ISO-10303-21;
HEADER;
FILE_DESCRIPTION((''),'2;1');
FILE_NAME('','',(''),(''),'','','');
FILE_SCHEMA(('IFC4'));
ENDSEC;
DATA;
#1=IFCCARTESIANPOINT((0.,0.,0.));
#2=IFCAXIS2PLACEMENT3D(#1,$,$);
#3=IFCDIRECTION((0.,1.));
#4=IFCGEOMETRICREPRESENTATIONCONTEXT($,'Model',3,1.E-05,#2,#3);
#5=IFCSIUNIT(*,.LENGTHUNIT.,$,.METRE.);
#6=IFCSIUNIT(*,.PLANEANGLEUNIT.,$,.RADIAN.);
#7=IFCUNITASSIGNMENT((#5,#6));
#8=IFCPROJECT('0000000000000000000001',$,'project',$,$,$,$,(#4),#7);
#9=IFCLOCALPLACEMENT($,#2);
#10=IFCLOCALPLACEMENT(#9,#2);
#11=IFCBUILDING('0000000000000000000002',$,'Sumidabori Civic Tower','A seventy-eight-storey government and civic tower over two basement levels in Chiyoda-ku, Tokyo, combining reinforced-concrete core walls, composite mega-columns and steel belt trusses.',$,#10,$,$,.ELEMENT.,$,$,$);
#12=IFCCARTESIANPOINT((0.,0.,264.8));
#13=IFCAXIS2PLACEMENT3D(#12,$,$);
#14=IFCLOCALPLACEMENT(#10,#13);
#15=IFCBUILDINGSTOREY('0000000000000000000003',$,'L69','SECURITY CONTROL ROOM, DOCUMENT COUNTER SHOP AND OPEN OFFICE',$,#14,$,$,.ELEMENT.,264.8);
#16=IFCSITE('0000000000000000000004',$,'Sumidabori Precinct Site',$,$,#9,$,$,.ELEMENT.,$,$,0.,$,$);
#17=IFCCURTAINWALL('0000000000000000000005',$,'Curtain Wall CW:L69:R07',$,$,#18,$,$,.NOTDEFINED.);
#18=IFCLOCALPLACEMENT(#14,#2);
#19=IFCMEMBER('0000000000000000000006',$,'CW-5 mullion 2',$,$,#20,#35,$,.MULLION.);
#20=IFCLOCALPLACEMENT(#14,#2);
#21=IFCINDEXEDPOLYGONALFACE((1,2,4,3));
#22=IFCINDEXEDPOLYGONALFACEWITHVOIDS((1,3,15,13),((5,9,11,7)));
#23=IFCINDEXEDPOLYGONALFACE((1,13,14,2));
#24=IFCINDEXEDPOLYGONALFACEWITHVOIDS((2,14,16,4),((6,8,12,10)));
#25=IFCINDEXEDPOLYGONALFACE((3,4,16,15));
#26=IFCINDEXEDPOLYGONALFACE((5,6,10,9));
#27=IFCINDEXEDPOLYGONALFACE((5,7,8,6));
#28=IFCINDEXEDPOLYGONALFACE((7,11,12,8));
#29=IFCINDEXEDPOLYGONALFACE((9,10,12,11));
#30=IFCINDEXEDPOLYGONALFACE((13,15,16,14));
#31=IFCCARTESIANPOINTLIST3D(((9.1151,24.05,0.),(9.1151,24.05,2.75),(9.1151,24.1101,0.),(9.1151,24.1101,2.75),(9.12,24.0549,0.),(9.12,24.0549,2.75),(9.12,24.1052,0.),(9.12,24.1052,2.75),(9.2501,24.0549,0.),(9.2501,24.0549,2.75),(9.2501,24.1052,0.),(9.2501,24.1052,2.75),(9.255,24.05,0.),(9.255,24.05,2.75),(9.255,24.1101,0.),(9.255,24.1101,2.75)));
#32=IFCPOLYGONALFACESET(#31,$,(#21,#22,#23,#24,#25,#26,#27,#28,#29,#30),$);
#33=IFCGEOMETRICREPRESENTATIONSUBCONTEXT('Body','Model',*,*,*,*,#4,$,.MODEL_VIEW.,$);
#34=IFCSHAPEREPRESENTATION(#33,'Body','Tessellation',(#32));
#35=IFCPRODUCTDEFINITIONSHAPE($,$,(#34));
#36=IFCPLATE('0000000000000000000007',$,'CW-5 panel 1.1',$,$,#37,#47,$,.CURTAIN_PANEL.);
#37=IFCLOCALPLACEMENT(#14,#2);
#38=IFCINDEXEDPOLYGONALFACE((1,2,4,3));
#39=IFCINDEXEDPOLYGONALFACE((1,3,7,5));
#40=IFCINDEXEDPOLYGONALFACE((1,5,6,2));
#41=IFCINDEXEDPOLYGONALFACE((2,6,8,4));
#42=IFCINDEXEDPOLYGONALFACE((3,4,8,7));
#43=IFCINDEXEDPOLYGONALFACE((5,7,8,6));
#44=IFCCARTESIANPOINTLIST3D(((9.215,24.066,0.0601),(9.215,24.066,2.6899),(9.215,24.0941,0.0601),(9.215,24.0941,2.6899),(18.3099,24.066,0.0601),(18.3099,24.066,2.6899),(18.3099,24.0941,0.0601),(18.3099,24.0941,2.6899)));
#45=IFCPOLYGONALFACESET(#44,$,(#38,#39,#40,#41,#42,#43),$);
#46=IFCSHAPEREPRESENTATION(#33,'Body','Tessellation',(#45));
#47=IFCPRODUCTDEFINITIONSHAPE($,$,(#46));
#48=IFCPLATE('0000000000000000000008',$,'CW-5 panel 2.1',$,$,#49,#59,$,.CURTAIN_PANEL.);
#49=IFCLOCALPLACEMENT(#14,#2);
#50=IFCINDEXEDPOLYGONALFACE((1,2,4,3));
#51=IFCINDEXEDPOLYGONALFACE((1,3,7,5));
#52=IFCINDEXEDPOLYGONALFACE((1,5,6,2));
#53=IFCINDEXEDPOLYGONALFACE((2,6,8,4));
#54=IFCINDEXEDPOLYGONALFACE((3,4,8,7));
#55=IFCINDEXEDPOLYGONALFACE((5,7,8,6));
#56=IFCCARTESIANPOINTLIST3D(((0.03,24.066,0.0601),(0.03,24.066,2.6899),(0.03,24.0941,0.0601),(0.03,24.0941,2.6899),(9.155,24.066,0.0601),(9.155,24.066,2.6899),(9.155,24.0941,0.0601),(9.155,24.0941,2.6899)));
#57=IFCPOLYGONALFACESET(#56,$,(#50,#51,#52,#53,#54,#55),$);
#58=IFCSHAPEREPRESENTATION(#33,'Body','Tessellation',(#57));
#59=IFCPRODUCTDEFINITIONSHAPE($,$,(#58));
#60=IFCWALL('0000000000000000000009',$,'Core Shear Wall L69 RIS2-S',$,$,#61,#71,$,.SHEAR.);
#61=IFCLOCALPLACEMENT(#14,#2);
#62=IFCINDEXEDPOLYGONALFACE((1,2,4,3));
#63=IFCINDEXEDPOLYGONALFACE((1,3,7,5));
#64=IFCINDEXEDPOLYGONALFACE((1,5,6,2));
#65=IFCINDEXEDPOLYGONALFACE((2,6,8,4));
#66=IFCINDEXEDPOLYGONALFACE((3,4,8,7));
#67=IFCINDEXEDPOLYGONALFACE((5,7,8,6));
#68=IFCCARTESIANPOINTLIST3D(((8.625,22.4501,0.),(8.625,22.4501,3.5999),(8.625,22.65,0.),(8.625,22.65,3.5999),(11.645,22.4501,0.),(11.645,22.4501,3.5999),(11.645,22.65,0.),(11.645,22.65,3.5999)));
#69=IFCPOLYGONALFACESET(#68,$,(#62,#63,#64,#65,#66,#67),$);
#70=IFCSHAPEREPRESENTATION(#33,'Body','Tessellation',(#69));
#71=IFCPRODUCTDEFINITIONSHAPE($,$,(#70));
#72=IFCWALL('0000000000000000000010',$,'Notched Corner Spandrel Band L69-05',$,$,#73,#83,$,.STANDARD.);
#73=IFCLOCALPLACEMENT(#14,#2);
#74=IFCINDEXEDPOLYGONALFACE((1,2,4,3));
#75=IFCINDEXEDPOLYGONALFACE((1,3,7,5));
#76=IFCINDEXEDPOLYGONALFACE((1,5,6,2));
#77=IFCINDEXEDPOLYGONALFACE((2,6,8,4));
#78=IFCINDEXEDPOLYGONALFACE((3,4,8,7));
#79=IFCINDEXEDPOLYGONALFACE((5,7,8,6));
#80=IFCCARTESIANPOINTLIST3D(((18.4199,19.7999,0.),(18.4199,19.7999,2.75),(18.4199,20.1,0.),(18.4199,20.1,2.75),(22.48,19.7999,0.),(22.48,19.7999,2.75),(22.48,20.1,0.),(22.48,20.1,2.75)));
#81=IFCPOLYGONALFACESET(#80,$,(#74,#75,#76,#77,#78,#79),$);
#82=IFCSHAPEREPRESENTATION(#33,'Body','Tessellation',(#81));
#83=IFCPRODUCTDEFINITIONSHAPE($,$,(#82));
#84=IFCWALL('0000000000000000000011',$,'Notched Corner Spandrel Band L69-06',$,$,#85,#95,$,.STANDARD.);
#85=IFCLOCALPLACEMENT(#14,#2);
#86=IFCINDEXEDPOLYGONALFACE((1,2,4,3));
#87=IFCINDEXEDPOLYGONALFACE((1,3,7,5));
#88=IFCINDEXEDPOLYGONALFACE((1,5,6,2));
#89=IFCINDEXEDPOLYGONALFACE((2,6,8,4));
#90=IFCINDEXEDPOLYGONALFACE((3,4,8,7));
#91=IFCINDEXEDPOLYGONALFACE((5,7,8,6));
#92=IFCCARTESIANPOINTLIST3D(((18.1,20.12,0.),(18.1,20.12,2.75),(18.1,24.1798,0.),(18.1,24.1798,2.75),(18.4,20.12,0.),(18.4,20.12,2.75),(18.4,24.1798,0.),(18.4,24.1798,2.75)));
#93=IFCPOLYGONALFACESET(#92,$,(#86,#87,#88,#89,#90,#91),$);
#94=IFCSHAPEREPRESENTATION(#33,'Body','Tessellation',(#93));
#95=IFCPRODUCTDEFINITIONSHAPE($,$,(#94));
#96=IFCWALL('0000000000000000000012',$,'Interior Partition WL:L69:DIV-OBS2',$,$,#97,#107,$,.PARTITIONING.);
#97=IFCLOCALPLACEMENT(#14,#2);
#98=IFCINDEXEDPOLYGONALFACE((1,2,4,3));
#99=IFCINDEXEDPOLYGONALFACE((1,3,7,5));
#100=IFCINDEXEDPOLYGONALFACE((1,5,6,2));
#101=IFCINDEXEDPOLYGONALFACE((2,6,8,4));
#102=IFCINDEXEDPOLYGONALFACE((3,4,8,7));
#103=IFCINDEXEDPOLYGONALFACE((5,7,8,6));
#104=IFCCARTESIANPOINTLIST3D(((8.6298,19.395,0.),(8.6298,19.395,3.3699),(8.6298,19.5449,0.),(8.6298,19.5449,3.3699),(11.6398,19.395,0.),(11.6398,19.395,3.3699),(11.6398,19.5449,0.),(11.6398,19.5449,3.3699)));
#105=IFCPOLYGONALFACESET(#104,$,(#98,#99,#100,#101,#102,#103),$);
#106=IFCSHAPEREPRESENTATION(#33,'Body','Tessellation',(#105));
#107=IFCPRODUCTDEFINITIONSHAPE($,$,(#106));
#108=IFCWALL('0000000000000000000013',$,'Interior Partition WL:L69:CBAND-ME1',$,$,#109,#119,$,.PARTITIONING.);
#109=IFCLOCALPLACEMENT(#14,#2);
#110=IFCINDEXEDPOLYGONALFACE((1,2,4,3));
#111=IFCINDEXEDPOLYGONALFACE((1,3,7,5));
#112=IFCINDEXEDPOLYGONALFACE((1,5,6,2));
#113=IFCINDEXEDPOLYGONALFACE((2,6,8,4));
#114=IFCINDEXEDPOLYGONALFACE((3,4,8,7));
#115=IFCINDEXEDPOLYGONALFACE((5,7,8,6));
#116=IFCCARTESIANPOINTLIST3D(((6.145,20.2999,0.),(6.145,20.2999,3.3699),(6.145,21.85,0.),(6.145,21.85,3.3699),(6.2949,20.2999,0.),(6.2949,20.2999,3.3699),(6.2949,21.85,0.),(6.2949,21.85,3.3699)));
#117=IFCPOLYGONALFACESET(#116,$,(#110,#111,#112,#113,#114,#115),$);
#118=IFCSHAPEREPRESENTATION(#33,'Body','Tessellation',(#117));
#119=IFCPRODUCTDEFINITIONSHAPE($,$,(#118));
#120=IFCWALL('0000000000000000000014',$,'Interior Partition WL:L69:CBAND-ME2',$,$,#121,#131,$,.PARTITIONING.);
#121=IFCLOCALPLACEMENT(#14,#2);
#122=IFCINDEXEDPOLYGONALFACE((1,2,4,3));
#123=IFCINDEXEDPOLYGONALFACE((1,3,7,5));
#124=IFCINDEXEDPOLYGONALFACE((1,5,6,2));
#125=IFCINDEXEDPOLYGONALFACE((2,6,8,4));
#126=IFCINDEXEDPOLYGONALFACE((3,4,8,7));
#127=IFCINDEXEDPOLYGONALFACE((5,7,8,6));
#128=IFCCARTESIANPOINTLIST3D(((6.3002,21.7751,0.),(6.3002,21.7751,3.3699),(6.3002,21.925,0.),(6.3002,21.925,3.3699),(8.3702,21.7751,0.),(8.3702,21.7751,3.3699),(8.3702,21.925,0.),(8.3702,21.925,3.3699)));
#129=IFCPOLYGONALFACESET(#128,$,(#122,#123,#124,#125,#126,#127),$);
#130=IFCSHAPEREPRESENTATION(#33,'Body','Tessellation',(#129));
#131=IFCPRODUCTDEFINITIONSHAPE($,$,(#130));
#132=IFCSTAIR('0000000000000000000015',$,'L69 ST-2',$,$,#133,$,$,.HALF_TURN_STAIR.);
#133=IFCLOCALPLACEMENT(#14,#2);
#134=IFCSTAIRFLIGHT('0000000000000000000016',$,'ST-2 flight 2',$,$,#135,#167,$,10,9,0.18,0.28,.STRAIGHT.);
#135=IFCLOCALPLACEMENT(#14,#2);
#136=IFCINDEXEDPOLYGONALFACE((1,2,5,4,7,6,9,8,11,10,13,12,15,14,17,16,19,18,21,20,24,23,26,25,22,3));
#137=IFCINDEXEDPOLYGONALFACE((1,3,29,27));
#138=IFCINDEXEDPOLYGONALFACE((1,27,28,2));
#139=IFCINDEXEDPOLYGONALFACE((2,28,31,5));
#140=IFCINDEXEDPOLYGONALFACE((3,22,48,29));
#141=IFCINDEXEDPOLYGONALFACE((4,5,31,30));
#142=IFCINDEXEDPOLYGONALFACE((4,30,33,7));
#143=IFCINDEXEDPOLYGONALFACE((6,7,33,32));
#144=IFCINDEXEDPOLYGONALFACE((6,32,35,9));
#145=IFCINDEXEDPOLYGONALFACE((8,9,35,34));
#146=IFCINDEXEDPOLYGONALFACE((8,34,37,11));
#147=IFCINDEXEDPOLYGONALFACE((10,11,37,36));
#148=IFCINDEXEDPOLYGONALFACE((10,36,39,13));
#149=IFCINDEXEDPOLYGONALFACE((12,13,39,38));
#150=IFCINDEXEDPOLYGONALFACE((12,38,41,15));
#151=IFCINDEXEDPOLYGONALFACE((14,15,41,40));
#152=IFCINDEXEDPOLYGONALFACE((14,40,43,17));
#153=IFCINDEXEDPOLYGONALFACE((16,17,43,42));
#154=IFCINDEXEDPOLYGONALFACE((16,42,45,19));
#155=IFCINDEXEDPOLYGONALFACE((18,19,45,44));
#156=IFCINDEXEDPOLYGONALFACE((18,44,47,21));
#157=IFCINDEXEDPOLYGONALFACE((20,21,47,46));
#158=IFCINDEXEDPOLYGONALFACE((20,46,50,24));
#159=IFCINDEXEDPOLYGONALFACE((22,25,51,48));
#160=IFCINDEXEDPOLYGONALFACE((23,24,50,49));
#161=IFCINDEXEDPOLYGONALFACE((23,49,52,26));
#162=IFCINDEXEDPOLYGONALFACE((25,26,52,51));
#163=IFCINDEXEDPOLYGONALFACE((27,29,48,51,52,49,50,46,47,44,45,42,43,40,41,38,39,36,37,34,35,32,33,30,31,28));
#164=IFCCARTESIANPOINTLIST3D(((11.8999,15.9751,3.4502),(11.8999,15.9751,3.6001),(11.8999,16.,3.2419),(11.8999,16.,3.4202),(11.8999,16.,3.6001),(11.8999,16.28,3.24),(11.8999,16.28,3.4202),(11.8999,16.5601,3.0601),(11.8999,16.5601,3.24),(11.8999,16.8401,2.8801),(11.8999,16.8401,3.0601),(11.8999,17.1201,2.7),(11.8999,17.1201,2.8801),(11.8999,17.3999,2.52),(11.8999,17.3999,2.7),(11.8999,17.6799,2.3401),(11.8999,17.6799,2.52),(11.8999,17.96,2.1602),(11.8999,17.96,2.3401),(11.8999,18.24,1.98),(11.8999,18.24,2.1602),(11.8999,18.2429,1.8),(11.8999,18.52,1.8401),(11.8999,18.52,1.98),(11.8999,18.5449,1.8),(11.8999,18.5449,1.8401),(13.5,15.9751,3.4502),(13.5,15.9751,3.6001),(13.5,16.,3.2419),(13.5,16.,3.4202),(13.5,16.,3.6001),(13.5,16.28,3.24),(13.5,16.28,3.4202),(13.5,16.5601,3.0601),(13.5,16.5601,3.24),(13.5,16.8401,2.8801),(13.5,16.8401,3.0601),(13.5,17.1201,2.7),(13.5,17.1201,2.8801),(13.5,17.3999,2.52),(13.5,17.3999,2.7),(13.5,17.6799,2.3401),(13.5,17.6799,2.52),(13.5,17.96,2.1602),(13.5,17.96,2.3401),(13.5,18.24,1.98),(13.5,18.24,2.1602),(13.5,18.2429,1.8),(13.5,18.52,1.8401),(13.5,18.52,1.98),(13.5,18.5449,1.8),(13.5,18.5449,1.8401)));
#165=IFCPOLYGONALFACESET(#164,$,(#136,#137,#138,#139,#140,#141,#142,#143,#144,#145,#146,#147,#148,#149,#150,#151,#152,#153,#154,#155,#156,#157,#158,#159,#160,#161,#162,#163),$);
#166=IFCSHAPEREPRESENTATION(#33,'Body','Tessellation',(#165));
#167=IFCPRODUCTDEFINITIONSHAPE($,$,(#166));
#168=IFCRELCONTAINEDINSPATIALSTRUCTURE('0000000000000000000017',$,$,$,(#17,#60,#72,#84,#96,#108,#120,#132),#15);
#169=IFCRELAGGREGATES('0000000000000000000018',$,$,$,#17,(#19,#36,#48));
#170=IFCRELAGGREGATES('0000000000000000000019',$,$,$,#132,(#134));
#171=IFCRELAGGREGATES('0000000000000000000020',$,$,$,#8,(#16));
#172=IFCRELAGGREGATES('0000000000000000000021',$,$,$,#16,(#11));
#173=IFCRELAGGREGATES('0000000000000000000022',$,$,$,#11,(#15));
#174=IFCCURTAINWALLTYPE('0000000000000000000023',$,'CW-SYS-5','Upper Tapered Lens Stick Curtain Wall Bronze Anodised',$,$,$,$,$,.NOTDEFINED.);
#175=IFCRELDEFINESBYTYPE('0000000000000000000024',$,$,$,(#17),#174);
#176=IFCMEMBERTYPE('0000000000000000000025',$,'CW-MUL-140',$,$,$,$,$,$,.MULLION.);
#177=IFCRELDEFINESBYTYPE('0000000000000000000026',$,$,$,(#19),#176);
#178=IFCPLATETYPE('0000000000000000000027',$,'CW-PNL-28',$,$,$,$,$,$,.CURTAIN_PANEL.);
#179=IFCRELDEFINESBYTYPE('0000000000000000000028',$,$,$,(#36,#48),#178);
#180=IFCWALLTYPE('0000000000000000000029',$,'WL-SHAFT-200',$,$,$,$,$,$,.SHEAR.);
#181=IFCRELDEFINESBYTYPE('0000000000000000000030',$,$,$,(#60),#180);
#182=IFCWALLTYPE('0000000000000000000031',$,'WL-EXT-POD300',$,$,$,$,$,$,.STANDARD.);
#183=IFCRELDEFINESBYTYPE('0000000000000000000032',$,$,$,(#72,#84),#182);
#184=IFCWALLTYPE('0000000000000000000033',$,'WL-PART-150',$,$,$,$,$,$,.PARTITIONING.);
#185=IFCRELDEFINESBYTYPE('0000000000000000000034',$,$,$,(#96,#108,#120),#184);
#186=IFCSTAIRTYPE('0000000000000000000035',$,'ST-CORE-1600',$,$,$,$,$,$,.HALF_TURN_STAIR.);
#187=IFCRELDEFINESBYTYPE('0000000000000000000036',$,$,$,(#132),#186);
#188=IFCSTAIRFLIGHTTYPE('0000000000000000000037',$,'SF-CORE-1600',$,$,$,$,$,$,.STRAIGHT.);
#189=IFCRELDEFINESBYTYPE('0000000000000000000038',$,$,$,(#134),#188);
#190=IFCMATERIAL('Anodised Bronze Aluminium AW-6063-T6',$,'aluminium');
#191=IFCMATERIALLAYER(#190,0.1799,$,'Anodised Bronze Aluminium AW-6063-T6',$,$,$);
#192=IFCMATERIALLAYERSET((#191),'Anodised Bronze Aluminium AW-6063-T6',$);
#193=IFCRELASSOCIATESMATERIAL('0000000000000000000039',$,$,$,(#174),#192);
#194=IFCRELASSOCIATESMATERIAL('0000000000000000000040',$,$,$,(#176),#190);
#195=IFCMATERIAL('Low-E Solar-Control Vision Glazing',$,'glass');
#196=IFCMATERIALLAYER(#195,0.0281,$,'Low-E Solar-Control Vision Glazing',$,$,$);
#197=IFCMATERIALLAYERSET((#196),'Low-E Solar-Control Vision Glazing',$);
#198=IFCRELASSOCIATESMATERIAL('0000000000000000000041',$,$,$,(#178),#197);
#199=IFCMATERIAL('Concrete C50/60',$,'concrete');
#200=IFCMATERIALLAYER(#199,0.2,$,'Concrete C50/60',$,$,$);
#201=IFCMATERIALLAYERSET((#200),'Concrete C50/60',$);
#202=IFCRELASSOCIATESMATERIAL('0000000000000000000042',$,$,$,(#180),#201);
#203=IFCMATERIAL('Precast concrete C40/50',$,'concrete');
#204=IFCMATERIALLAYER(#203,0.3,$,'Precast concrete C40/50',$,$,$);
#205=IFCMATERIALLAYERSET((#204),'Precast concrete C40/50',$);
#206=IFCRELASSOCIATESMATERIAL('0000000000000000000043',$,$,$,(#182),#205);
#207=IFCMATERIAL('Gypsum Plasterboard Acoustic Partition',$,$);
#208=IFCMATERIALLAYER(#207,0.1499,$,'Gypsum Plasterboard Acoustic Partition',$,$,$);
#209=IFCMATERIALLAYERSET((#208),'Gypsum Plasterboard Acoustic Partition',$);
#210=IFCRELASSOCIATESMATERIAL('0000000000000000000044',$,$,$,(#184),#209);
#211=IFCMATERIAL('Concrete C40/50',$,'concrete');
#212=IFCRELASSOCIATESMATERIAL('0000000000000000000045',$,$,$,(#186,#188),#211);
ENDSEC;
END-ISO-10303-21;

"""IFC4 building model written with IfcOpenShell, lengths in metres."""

from ifc_helpers import new_model, si_unit, direction, frame, frame_2d, origin, origin_2d, place, context, subcontext, project, spatial, polyline, rectangle, hollow_rectangle, outline, extrude, source, transform, mapped, material, layer, layer_set, material_profile, profile_set, type_object, element, aggregate, save


model = new_model("IFC4")

# Units and contexts
model_context = context("Model", 3, precision=1e-05, world=origin(), true_north=direction((0.0, 1.0)))
body_context = subcontext(model_context, "Body", "Model", "MODEL_VIEW")
ifc_project = project(units=[si_unit("LENGTHUNIT", "METRE"), si_unit("PLANEANGLEUNIT", "RADIAN")], contexts=[model_context])

# Site, building, storey
site_placement = place(None, origin())
site = spatial("IfcSite", under=ifc_project, at=site_placement, Name="Sumidabori Precinct Site", CompositionType="ELEMENT", RefElevation=0.0)
building_placement = place(site_placement, origin())
building = spatial("IfcBuilding", under=site, at=building_placement, Name="Sumidabori Civic Tower", Description="A seventy-eight-storey government and civic tower over two basement levels in Chiyoda-ku, Tokyo, combining reinforced-concrete core walls, composite mega-columns and steel belt trusses.", CompositionType="ELEMENT")
storey_placement = place(building_placement, frame((0.0, 0.0, 264.8)))
storey = spatial("IfcBuildingStorey", under=building, at=storey_placement, Name="L69", Description="SECURITY CONTROL ROOM, DOCUMENT COUNTER SHOP AND OPEN OFFICE", CompositionType="ELEMENT", Elevation=264.8)

# Curtain wall
ifc_material_1 = material(Name="Anodised Bronze Aluminium AW-6063-T6", Category="aluminium")
ifc_layer_1 = layer(ifc_material_1, 0.1799, Name="Anodised Bronze Aluminium AW-6063-T6")
ifc_layer_set_1 = layer_set([ifc_layer_1], Name="Anodised Bronze Aluminium AW-6063-T6")
curtain_wall_type = type_object("IfcCurtainWallType", Name="CW-SYS-5", Description="Upper Tapered Lens Stick Curtain Wall Bronze Anodised", PredefinedType="NOTDEFINED", material=ifc_layer_set_1)
curtain_wall_1_placement = place(storey_placement, origin())
curtain_wall_1 = element("IfcCurtainWall", 1, at=curtain_wall_1_placement, inside=storey, type_object=curtain_wall_type, Name="Curtain Wall CW:L69:R07", PredefinedType="NOTDEFINED")

# Shared definitions
ifc_material_profile_1 = material_profile(ifc_material_1, hollow_rectangle(XDim=0.0601, YDim=0.1399, WallThickness=0.0049, at=origin_2d()), Name="ALU MULLION 140x60")
ifc_profile_set_1 = profile_set([ifc_material_profile_1], Name="Anodised Bronze Aluminium AW-6063-T6")
member_type_1 = type_object("IfcMemberType", Name="CW-MUL-140", PredefinedType="MULLION", material=ifc_profile_set_1)
shared_shape_1 = source(origin(), body_context, "Body", "SweptSolid", [
    extrude(hollow_rectangle(XDim=0.0601, YDim=0.1399, WallThickness=0.0049, at=origin_2d()), origin(), (0.0, 0.0, 1.0), 2.75),
])

# Member
member_1_placement = place(storey_placement, frame((9.1851, 24.0801, 0.0), z_axis=(0.0, 0.0, 1.0), x_axis=(0.0, -1.0, 0.0)))
member_1 = element("IfcMember", 2, at=member_1_placement, type_object=member_type_1, Name="CW-5 mullion 2", PredefinedType="MULLION", context=body_context, shape_type="MappedRepresentation", body=[
    mapped(shared_shape_1, transform((0.0, 0.0, 0.0), x_axis=(1.0, 0.0, 0.0), y_axis=(0.0, 1.0, 0.0), z_axis=(0.0, 0.0, 1.0), scale=1.0)),
])

# Plates
ifc_material_2 = material(Name="Low-E Solar-Control Vision Glazing", Category="glass")
ifc_layer_2 = layer(ifc_material_2, 0.0281, Name="Low-E Solar-Control Vision Glazing")
ifc_layer_set_2 = layer_set([ifc_layer_2], Name="Low-E Solar-Control Vision Glazing")
plate_type = type_object("IfcPlateType", Name="CW-PNL-28", PredefinedType="CURTAIN_PANEL", material=ifc_layer_set_2)
shared_shape_2 = source(origin(), body_context, "Body", "SweptSolid", [
    extrude(rectangle(XDim=9.095, YDim=0.0281, at=origin_2d()), origin(), (0.0, 0.0, 1.0), 2.6299),
])
plate_1_placement = place(storey_placement, frame((13.7625, 24.0801, 0.0601), z_axis=(0.0, 0.0, 1.0), x_axis=(-1.0, 0.0, 0.0)))
plate_1 = element("IfcPlate", 3, at=plate_1_placement, type_object=plate_type, Name="CW-5 panel 1.1", PredefinedType="CURTAIN_PANEL", context=body_context, shape_type="MappedRepresentation", body=[
    mapped(shared_shape_2, transform((0.0, 0.0, 0.0), x_axis=(1.0, 0.0, 0.0), y_axis=(0.0, 1.0, 0.0), z_axis=(0.0, 0.0, 1.0), scale=1.0)),
])
shared_shape_3 = source(origin(), body_context, "Body", "SweptSolid", [
    extrude(rectangle(XDim=9.125, YDim=0.0281, at=origin_2d()), origin(), (0.0, 0.0, 1.0), 2.6299),
])
plate_2_placement = place(storey_placement, frame((4.5925, 24.0801, 0.0601), z_axis=(0.0, 0.0, 1.0), x_axis=(-1.0, 0.0, 0.0)))
plate_2 = element("IfcPlate", 4, at=plate_2_placement, type_object=plate_type, Name="CW-5 panel 2.1", PredefinedType="CURTAIN_PANEL", context=body_context, shape_type="MappedRepresentation", body=[
    mapped(shared_shape_3, transform((0.0, 0.0, 0.0), x_axis=(1.0, 0.0, 0.0), y_axis=(0.0, 1.0, 0.0), z_axis=(0.0, 0.0, 1.0), scale=1.0)),
])
aggregate(curtain_wall_1, [member_1, plate_1, plate_2])

# Walls
ifc_material_3 = material(Name="Concrete C50/60", Category="concrete")
ifc_layer_3 = layer(ifc_material_3, 0.2, Name="Concrete C50/60")
ifc_layer_set_3 = layer_set([ifc_layer_3], Name="Concrete C50/60")
wall_type_1 = type_object("IfcWallType", Name="WL-SHAFT-200", PredefinedType="SHEAR", material=ifc_layer_set_3)
shared_shape_4 = source(origin(), body_context, "Body", "SweptSolid", [
    extrude(rectangle(XDim=3.02, YDim=0.2, at=frame_2d((1.51, 0.0))), origin(), (0.0, 0.0, 1.0), 3.5999),
])
wall_1_placement = place(storey_placement, frame((8.625, 22.55, 0.0), z_axis=(0.0, 0.0, 1.0), x_axis=(1.0, 0.0, 0.0)))
element("IfcWall", 5, at=wall_1_placement, inside=storey, type_object=wall_type_1, Name="Core Shear Wall L69 RIS2-S", PredefinedType="SHEAR", context=body_context, shape_type="MappedRepresentation", body=[
    mapped(shared_shape_4, transform((0.0, 0.0, 0.0), x_axis=(1.0, 0.0, 0.0), y_axis=(0.0, 1.0, 0.0), z_axis=(0.0, 0.0, 1.0), scale=1.0)),
])
ifc_material_4 = material(Name="Precast concrete C40/50", Category="concrete")
ifc_layer_4 = layer(ifc_material_4, 0.3, Name="Precast concrete C40/50")
ifc_layer_set_4 = layer_set([ifc_layer_4], Name="Precast concrete C40/50")
wall_type_2 = type_object("IfcWallType", Name="WL-EXT-POD300", PredefinedType="STANDARD", material=ifc_layer_set_4)
shared_shape_5 = source(origin(), body_context, "Body", "SweptSolid", [
    extrude(rectangle(XDim=4.0601, YDim=0.3, at=frame_2d((2.03, 0.0))), origin(), (0.0, 0.0, 1.0), 2.75),
])
wall_2_placement = place(storey_placement, frame((22.48, 19.95, 0.0), z_axis=(0.0, 0.0, 1.0), x_axis=(-1.0, 0.0, 0.0)))
element("IfcWall", 6, at=wall_2_placement, inside=storey, type_object=wall_type_2, Name="Notched Corner Spandrel Band L69-05", PredefinedType="STANDARD", context=body_context, shape_type="MappedRepresentation", body=[
    mapped(shared_shape_5, transform((0.0, 0.0, 0.0), x_axis=(1.0, 0.0, 0.0), y_axis=(0.0, 1.0, 0.0), z_axis=(0.0, 0.0, 1.0), scale=1.0)),
])
shared_shape_6 = source(origin(), body_context, "Body", "SweptSolid", [
    extrude(rectangle(XDim=4.0598, YDim=0.3, at=frame_2d((2.0298, 0.0))), origin(), (0.0, 0.0, 1.0), 2.75),
])
wall_3_placement = place(storey_placement, frame((18.25, 20.1201, 0.0), z_axis=(0.0, 0.0, 1.0), x_axis=(0.0, 1.0, 0.0)))
element("IfcWall", 7, at=wall_3_placement, inside=storey, type_object=wall_type_2, Name="Notched Corner Spandrel Band L69-06", PredefinedType="STANDARD", context=body_context, shape_type="MappedRepresentation", body=[
    mapped(shared_shape_6, transform((0.0, 0.0, 0.0), x_axis=(1.0, 0.0, 0.0), y_axis=(0.0, 1.0, 0.0), z_axis=(0.0, 0.0, 1.0), scale=1.0)),
])
ifc_material_5 = material(Name="Gypsum Plasterboard Acoustic Partition")
ifc_layer_5 = layer(ifc_material_5, 0.1499, Name="Gypsum Plasterboard Acoustic Partition")
ifc_layer_set_5 = layer_set([ifc_layer_5], Name="Gypsum Plasterboard Acoustic Partition")
wall_type_3 = type_object("IfcWallType", Name="WL-PART-150", PredefinedType="PARTITIONING", material=ifc_layer_set_5)
shared_shape_7 = source(origin(), body_context, "Body", "SweptSolid", [
    extrude(rectangle(XDim=3.01, YDim=0.1499, at=frame_2d((1.5049, 0.0))), origin(), (0.0, 0.0, 1.0), 3.3699),
])
wall_4_placement = place(storey_placement, frame((8.6299, 19.47, 0.0), z_axis=(0.0, 0.0, 1.0), x_axis=(1.0, 0.0, 0.0)))
element("IfcWall", 8, at=wall_4_placement, inside=storey, type_object=wall_type_3, Name="Interior Partition WL:L69:DIV-OBS2", PredefinedType="PARTITIONING", context=body_context, shape_type="MappedRepresentation", body=[
    mapped(shared_shape_7, transform((0.0, 0.0, 0.0), x_axis=(1.0, 0.0, 0.0), y_axis=(0.0, 1.0, 0.0), z_axis=(0.0, 0.0, 1.0), scale=1.0)),
])
shared_shape_8 = source(origin(), body_context, "Body", "SweptSolid", [
    extrude(rectangle(XDim=1.55, YDim=0.1499, at=frame_2d((0.7749, 0.0))), origin(), (0.0, 0.0, 1.0), 3.3699),
])
wall_5_placement = place(storey_placement, frame((6.22, 20.3, 0.0), z_axis=(0.0, 0.0, 1.0), x_axis=(0.0, 1.0, 0.0)))
element("IfcWall", 9, at=wall_5_placement, inside=storey, type_object=wall_type_3, Name="Interior Partition WL:L69:CBAND-ME1", PredefinedType="PARTITIONING", context=body_context, shape_type="MappedRepresentation", body=[
    mapped(shared_shape_8, transform((0.0, 0.0, 0.0), x_axis=(1.0, 0.0, 0.0), y_axis=(0.0, 1.0, 0.0), z_axis=(0.0, 0.0, 1.0), scale=1.0)),
])
shared_shape_9 = source(origin(), body_context, "Body", "SweptSolid", [
    extrude(rectangle(XDim=2.0701, YDim=0.1499, at=frame_2d((1.0352, 0.0))), origin(), (0.0, 0.0, 1.0), 3.3699),
])
wall_6_placement = place(storey_placement, frame((6.3, 21.8501, 0.0), z_axis=(0.0, 0.0, 1.0), x_axis=(1.0, 0.0, 0.0)))
element("IfcWall", 10, at=wall_6_placement, inside=storey, type_object=wall_type_3, Name="Interior Partition WL:L69:CBAND-ME2", PredefinedType="PARTITIONING", context=body_context, shape_type="MappedRepresentation", body=[
    mapped(shared_shape_9, transform((0.0, 0.0, 0.0), x_axis=(1.0, 0.0, 0.0), y_axis=(0.0, 1.0, 0.0), z_axis=(0.0, 0.0, 1.0), scale=1.0)),
])

# Stair, stair flight
ifc_material_6 = material(Name="Concrete C40/50", Category="concrete")
stair_type = type_object("IfcStairType", Name="ST-CORE-1600", PredefinedType="HALF_TURN_STAIR", material=ifc_material_6)
stair_placement = place(storey_placement, origin())
stair = element("IfcStair", 11, at=stair_placement, inside=storey, type_object=stair_type, Name="L69 ST-2", PredefinedType="HALF_TURN_STAIR")
stair_flight_type = type_object("IfcStairFlightType", Name="SF-CORE-1600", PredefinedType="STRAIGHT", material=ifc_material_6)
shared_shape_10 = source(origin(), body_context, "Body", "SweptSolid", [
    extrude(outline(polyline([(-0.0249, 0.0), (-0.0249, 0.04), (0.0, 0.04), (0.0, 0.1799), (0.28, 0.1799), (0.28, 0.3601), (0.5601, 0.3601), (0.5601, 0.54), (0.8401, 0.54), (0.8401, 0.72), (1.1201, 0.72), (1.1201, 0.8999), (1.3999, 0.8999), (1.3999, 1.0801), (1.6799, 1.0801), (1.6799, 1.26), (1.96, 1.26), (1.96, 1.4399), (2.24, 1.4399), (2.24, 1.6201), (2.52, 1.6201), (2.52, 1.8), (2.5449, 1.8), (2.5449, 1.6501), (2.52, 1.4419), (0.2771, 0.0), (-0.0249, 0.0)])), frame((0.0, 0.8, 0.0), z_axis=(0.0, -1.0, 0.0), x_axis=(1.0, 0.0, 0.0)), (0.0, 0.0, 1.0), 1.6001),
])
stair_flight_placement = place(storey_placement, frame((12.7, 18.52, 1.8), z_axis=(0.0, 0.0, 1.0), x_axis=(0.0, -1.0, 0.0)))
stair_flight = element("IfcStairFlight", 12, at=stair_flight_placement, type_object=stair_flight_type, Name="ST-2 flight 2", NumberOfRisers=10, NumberOfTreads=9, PredefinedType="STRAIGHT", RiserHeight=0.18, TreadLength=0.28, context=body_context, shape_type="MappedRepresentation", body=[
    mapped(shared_shape_10, transform((0.0, 0.0, 0.0), x_axis=(1.0, 0.0, 0.0), y_axis=(0.0, 1.0, 0.0), z_axis=(0.0, 0.0, 1.0), scale=1.0)),
])
aggregate(stair, [stair_flight])

save(model, "model.ifc")
